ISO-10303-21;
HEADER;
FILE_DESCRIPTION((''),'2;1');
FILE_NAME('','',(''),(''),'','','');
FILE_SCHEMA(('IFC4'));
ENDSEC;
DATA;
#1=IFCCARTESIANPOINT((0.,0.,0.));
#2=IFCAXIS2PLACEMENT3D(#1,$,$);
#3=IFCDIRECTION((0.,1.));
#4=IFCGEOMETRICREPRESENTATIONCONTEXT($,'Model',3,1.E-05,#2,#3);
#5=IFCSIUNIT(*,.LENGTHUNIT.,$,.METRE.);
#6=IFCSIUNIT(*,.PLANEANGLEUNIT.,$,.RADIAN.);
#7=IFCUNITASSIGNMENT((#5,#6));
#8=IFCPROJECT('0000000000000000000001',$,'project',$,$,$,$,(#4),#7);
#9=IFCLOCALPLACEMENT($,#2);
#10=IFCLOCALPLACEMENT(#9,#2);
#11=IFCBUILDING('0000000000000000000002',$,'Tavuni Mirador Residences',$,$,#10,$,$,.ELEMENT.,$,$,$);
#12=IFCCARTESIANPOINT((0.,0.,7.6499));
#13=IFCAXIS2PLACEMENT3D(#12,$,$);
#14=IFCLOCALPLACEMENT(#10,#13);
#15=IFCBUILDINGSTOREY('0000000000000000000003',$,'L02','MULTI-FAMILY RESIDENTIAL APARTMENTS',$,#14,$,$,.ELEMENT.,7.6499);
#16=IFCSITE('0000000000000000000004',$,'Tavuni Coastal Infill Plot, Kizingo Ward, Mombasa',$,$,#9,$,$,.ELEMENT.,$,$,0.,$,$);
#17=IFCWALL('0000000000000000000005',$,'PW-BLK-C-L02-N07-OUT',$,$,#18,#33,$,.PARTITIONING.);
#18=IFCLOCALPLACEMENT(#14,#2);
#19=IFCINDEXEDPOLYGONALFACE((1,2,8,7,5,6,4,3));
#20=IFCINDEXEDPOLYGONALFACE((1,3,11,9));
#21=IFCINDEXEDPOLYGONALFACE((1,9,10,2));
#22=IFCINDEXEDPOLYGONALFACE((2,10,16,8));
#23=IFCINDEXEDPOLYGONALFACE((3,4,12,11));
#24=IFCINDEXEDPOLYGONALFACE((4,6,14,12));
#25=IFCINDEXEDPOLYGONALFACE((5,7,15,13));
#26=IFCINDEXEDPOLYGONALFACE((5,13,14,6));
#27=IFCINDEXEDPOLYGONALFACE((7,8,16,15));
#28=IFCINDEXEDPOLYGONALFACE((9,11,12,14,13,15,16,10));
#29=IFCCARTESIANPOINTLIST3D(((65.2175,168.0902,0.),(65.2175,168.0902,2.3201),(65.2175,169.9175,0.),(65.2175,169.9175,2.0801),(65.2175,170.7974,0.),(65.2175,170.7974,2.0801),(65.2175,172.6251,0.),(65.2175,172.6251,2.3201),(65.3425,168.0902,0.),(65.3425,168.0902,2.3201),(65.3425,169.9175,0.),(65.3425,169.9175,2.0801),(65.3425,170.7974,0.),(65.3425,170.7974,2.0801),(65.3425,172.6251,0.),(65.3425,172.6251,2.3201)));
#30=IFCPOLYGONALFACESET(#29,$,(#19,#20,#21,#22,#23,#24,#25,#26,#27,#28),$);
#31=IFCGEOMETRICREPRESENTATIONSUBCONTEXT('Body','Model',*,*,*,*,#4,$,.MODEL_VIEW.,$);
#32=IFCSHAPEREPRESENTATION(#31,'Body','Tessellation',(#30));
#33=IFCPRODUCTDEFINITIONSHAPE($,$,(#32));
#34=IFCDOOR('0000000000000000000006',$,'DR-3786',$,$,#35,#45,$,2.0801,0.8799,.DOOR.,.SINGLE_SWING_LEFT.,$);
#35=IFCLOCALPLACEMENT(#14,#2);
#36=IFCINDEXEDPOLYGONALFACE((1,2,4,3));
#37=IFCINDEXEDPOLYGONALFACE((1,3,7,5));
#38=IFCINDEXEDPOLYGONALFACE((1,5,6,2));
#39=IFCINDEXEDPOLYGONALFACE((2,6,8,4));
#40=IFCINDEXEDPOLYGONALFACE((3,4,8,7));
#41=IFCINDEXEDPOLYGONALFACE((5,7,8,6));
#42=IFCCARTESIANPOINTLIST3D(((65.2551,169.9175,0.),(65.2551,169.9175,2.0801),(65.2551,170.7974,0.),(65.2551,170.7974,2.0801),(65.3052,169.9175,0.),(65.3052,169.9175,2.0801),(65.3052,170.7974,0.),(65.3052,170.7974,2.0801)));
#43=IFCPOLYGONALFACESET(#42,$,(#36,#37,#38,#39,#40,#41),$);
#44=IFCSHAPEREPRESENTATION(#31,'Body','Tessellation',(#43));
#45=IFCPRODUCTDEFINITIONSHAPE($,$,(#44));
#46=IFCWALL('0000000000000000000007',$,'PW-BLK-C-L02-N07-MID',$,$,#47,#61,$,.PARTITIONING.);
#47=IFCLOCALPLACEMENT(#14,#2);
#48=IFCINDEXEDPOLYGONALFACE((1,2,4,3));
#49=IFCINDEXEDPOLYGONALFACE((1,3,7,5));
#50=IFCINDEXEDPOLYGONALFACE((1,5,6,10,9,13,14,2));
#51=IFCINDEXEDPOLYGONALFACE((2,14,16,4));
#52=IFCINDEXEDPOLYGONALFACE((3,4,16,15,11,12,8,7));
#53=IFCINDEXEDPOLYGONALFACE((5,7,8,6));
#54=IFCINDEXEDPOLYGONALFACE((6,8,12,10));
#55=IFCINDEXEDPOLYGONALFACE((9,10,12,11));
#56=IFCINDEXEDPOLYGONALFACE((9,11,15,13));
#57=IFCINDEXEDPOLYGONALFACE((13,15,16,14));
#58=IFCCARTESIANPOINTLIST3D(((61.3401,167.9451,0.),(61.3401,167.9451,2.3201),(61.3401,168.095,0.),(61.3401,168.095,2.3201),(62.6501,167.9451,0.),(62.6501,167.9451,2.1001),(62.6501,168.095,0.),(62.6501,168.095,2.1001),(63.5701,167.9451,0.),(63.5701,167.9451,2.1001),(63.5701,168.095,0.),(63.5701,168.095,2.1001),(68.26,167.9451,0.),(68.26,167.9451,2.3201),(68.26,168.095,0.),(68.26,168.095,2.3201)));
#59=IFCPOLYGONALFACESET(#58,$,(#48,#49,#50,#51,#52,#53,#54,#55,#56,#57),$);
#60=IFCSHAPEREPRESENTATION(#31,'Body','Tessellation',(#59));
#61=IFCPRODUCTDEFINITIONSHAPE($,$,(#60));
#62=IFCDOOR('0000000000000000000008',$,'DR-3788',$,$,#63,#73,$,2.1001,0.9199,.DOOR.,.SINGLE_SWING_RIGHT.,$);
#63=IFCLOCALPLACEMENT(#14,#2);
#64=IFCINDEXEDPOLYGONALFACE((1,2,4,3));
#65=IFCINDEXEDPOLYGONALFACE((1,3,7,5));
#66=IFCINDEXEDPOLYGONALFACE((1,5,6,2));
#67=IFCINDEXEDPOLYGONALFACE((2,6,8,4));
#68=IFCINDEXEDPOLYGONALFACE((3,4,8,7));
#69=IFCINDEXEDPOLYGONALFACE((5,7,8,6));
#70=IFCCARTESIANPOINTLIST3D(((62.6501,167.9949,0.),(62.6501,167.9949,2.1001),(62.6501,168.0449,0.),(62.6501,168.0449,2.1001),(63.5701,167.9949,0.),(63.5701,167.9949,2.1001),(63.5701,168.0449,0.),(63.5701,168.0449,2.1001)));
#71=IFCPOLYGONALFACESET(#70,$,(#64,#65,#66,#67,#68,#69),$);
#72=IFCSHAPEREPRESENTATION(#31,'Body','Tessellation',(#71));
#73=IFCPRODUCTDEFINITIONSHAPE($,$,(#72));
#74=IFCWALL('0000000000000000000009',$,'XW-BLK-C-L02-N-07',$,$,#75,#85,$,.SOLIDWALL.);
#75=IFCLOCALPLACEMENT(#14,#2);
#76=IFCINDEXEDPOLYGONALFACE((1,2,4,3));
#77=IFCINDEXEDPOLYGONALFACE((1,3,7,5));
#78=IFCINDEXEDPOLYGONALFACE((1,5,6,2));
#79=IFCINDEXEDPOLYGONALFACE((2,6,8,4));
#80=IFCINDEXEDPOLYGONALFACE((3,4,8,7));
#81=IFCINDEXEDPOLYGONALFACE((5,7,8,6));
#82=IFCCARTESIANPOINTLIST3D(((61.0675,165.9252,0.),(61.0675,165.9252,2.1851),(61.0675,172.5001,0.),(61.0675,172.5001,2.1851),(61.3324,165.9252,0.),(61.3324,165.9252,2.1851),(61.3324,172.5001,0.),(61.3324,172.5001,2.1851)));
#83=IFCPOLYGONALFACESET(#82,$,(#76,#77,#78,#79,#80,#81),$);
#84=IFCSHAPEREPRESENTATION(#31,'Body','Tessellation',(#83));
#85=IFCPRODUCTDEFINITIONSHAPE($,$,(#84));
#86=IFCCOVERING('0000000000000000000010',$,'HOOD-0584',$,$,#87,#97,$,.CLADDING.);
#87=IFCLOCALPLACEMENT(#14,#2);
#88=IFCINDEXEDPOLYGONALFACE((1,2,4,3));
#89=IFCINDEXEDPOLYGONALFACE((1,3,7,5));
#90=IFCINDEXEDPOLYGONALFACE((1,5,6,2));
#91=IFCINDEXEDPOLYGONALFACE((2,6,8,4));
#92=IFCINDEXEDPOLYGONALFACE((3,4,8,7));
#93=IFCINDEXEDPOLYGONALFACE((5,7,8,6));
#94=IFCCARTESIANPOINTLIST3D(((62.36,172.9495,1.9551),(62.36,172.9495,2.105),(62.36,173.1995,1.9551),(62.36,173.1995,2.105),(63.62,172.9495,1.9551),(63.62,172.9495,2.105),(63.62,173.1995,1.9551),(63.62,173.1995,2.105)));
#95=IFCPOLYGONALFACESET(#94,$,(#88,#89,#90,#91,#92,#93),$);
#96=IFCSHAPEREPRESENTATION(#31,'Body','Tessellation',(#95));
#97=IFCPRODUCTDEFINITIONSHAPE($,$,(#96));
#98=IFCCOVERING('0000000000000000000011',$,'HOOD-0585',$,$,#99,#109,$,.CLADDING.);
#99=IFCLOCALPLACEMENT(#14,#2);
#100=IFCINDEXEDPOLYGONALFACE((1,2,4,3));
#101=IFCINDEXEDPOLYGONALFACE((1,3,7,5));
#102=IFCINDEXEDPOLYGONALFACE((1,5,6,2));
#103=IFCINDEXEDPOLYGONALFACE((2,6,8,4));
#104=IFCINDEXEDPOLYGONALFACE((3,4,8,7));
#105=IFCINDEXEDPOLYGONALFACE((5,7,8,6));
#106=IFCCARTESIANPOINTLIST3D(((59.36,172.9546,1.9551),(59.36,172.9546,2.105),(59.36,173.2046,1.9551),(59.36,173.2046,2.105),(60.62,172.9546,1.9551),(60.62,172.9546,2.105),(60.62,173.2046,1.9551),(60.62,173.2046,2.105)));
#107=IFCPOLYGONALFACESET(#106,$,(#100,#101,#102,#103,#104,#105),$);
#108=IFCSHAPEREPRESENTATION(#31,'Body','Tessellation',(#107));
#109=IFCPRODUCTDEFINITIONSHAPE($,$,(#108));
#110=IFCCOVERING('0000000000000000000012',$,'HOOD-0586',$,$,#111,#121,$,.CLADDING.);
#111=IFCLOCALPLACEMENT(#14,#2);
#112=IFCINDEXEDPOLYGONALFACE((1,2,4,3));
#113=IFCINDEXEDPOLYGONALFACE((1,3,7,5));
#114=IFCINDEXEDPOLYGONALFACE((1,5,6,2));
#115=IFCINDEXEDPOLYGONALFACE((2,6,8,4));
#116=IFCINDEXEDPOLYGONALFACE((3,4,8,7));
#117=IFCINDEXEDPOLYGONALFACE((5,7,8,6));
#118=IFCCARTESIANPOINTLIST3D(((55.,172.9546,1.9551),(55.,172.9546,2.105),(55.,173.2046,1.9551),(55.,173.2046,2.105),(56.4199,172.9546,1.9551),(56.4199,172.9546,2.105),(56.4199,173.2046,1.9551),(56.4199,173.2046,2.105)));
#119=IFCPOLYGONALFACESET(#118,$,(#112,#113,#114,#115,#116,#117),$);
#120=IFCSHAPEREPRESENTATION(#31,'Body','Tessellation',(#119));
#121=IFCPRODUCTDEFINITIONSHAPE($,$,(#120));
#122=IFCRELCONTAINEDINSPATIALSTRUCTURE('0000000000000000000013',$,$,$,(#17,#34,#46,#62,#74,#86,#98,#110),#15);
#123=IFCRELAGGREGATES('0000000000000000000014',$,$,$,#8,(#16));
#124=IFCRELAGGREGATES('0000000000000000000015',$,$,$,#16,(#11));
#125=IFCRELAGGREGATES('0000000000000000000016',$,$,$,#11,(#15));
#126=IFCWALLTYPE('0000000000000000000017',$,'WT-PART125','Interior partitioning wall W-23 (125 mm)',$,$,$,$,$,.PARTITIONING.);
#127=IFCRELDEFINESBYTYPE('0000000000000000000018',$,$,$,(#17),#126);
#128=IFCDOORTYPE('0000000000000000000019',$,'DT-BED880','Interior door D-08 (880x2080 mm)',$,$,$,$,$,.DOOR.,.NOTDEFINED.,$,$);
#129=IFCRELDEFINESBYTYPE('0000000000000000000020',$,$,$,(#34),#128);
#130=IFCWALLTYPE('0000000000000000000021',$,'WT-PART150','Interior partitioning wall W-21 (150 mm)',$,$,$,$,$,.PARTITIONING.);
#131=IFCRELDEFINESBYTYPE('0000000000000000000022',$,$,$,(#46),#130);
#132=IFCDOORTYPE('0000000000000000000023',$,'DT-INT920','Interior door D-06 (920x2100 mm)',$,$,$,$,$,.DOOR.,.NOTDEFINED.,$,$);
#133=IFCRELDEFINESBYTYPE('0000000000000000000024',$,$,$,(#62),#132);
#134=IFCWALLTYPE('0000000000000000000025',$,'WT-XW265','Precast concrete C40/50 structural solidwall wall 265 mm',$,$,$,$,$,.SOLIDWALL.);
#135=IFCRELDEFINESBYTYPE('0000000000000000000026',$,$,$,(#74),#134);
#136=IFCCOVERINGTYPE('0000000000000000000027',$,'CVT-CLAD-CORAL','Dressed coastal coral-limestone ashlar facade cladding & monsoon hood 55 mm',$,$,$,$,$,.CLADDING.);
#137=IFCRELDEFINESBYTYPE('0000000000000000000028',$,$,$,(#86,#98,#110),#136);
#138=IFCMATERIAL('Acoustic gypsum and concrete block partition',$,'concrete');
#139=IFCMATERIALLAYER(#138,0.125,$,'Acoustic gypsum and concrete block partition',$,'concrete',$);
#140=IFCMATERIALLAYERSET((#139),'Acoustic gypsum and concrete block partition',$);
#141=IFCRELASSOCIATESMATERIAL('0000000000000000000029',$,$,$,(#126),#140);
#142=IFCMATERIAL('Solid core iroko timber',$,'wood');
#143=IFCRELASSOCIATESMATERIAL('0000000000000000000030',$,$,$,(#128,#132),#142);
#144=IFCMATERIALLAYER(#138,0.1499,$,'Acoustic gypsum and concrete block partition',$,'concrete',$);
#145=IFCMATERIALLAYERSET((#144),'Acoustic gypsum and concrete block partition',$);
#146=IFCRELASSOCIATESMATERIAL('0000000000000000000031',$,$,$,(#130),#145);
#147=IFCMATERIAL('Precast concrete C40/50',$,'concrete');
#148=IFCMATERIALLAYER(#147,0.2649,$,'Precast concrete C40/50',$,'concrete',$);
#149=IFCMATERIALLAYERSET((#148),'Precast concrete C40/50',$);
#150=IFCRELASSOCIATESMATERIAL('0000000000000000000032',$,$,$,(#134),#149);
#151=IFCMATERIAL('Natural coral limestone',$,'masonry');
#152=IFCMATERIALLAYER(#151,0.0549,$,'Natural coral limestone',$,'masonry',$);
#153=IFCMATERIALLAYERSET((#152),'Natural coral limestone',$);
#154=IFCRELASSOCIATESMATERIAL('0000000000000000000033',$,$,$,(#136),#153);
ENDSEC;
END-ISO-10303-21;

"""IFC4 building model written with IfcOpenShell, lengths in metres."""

from ifc_helpers import new_model, si_unit, direction, frame, frame_2d, origin, origin_2d, place, context, subcontext, project, spatial, rectangle, extrude, material, layer, layer_set, type_object, element, fill, save


model = new_model("IFC4")

# Units and contexts
model_context = context("Model", 3, precision=1e-05, world=origin(), true_north=direction((0.0, 1.0)))
body_context = subcontext(model_context, "Body", "Model", "MODEL_VIEW")
ifc_project = project(units=[si_unit("LENGTHUNIT", "METRE"), si_unit("PLANEANGLEUNIT", "RADIAN")], contexts=[model_context])

# Site, building, storey
site_placement = place(None, origin())
site = spatial("IfcSite", under=ifc_project, at=site_placement, Name="Tavuni Coastal Infill Plot, Kizingo Ward, Mombasa", CompositionType="ELEMENT", RefElevation=0.0)
building_placement = place(site_placement, origin())
building = spatial("IfcBuilding", under=site, at=building_placement, Name="Tavuni Mirador Residences", CompositionType="ELEMENT")
storey_placement = place(building_placement, frame((0.0, 0.0, 7.6499)))
storey = spatial("IfcBuildingStorey", under=building, at=storey_placement, Name="L02", Description="MULTI-FAMILY RESIDENTIAL APARTMENTS", CompositionType="ELEMENT", Elevation=7.6499)

# Shared definitions
ifc_material_1 = material(Name="Precast concrete C40/50", Category="concrete")

# Shared definitions
ifc_material_2 = material(Name="Solid core iroko timber", Category="wood")

# Walls, openings, doors
ifc_material_3 = material(Name="Acoustic gypsum and concrete block partition", Category="concrete")
ifc_layer_1 = layer(ifc_material_3, 0.125, Name="Acoustic gypsum and concrete block partition", Category="concrete")
ifc_layer_set_1 = layer_set([ifc_layer_1], Name="Acoustic gypsum and concrete block partition")
wall_type_1 = type_object("IfcWallType", Name="WT-PART125", Description="Interior partitioning wall W-23 (125 mm)", PredefinedType="PARTITIONING", material=ifc_layer_set_1)
wall_1_placement = place(storey_placement, frame((65.28, 168.0901, 0.0), z_axis=(0.0, 0.0, 1.0), x_axis=(0.0, 1.0, 0.0)))
wall_1 = element("IfcWall", 1, at=wall_1_placement, inside=storey, type_object=wall_type_1, Name="PW-BLK-C-L02-N07-OUT", PredefinedType="PARTITIONING", context=body_context, shape_type="SweptSolid", body=[
    extrude(rectangle(XDim=4.5349, YDim=0.125, at=frame_2d((2.2676, 0.0))), origin(), (0.0, 0.0, 1.0), 2.3201),
])
opening_1_placement = place(wall_1_placement, frame((1.8274, 0.0, 0.0)))
opening_1 = element("IfcOpeningElement", 2, at=opening_1_placement, cuts=wall_1, PredefinedType="OPENING", context=body_context, shape_type="SweptSolid", body=[
    extrude(rectangle(XDim=0.8799, YDim=2.0801, at=frame_2d((0.4399, 1.04))), frame((0.0, 0.0725, 0.0), z_axis=(0.0, -1.0, 0.0), x_axis=(1.0, 0.0, 0.0)), (0.0, 0.0, 1.0), 0.145),
])
door_type_1 = type_object("IfcDoorType", Name="DT-BED880", Description="Interior door D-08 (880x2080 mm)", OperationType="NOTDEFINED", PredefinedType="DOOR", material=ifc_material_2)
door_1_placement = place(opening_1_placement, origin())
door_1 = element("IfcDoor", 3, at=door_1_placement, inside=storey, type_object=door_type_1, Name="DR-3786", OperationType="SINGLE_SWING_LEFT", OverallHeight=2.0801, OverallWidth=0.8799, PredefinedType="DOOR", context=body_context, shape_type="SweptSolid", body=[
    extrude(rectangle(XDim=0.8799, YDim=2.0801, at=frame_2d((0.4399, 1.04))), frame((0.0, 0.0249, 0.0), z_axis=(0.0, -1.0, 0.0), x_axis=(1.0, 0.0, 0.0)), (0.0, 0.0, 1.0), 0.05),
])
fill(opening_1, door_1)
ifc_layer_2 = layer(ifc_material_3, 0.1499, Name="Acoustic gypsum and concrete block partition", Category="concrete")
ifc_layer_set_2 = layer_set([ifc_layer_2], Name="Acoustic gypsum and concrete block partition")
wall_type_2 = type_object("IfcWallType", Name="WT-PART150", Description="Interior partitioning wall W-21 (150 mm)", PredefinedType="PARTITIONING", material=ifc_layer_set_2)
wall_2_placement = place(storey_placement, frame((61.3401, 168.02, 0.0), z_axis=(0.0, 0.0, 1.0), x_axis=(1.0, 0.0, 0.0)))
wall_2 = element("IfcWall", 4, at=wall_2_placement, inside=storey, type_object=wall_type_2, Name="PW-BLK-C-L02-N07-MID", PredefinedType="PARTITIONING", context=body_context, shape_type="SweptSolid", body=[
    extrude(rectangle(XDim=6.9199, YDim=0.1499, at=frame_2d((3.46, 0.0))), origin(), (0.0, 0.0, 1.0), 2.3201),
])
opening_2_placement = place(wall_2_placement, frame((1.3101, 0.0, 0.0)))
opening_2 = element("IfcOpeningElement", 5, at=opening_2_placement, cuts=wall_2, PredefinedType="OPENING", context=body_context, shape_type="SweptSolid", body=[
    extrude(rectangle(XDim=0.9199, YDim=2.1001, at=frame_2d((0.46, 1.05))), frame((0.0, 0.085, 0.0), z_axis=(0.0, -1.0, 0.0), x_axis=(1.0, 0.0, 0.0)), (0.0, 0.0, 1.0), 0.1699),
])
door_type_2 = type_object("IfcDoorType", Name="DT-INT920", Description="Interior door D-06 (920x2100 mm)", OperationType="NOTDEFINED", PredefinedType="DOOR", material=ifc_material_2)
door_2_placement = place(opening_2_placement, origin())
door_2 = element("IfcDoor", 6, at=door_2_placement, inside=storey, type_object=door_type_2, Name="DR-3788", OperationType="SINGLE_SWING_RIGHT", OverallHeight=2.1001, OverallWidth=0.9199, PredefinedType="DOOR", context=body_context, shape_type="SweptSolid", body=[
    extrude(rectangle(XDim=0.9199, YDim=2.1001, at=frame_2d((0.46, 1.05))), frame((0.0, 0.0249, 0.0), z_axis=(0.0, -1.0, 0.0), x_axis=(1.0, 0.0, 0.0)), (0.0, 0.0, 1.0), 0.05),
])
fill(opening_2, door_2)

# Wall
ifc_layer_3 = layer(ifc_material_1, 0.2649, Name="Precast concrete C40/50", Category="concrete")
ifc_layer_set_3 = layer_set([ifc_layer_3], Name="Precast concrete C40/50")
wall_type_3 = type_object("IfcWallType", Name="WT-XW265", Description="Precast concrete C40/50 structural solidwall wall 265 mm", PredefinedType="SOLIDWALL", material=ifc_layer_set_3)
wall_3_placement = place(storey_placement, frame((61.2, 165.925, 0.0), z_axis=(0.0, 0.0, 1.0), x_axis=(0.0, 1.0, 0.0)))
element("IfcWall", 7, at=wall_3_placement, inside=storey, type_object=wall_type_3, Name="XW-BLK-C-L02-N-07", PredefinedType="SOLIDWALL", context=body_context, shape_type="SweptSolid", body=[
    extrude(rectangle(XDim=6.575, YDim=0.2649, at=frame_2d((3.2876, 0.0))), origin(), (0.0, 0.0, 1.0), 2.1851),
])

# Coverings
ifc_material_4 = material(Name="Natural coral limestone", Category="masonry")
ifc_layer_4 = layer(ifc_material_4, 0.0549, Name="Natural coral limestone", Category="masonry")
ifc_layer_set_4 = layer_set([ifc_layer_4], Name="Natural coral limestone")
covering_type = type_object("IfcCoveringType", Name="CVT-CLAD-CORAL", Description="Dressed coastal coral-limestone ashlar facade cladding & monsoon hood 55 mm", PredefinedType="CLADDING", material=ifc_layer_set_4)
for number, where, z_axis, x_axis, name in (
    (8, (62.99, 173.0745, 1.9551), (0.0, 0.0, 1.0), (-1.0, 0.0, 0.0), "HOOD-0584"),
    (9, (59.99, 173.0796, 1.9551), (0.0, 0.0, 1.0), (-1.0, 0.0, 0.0), "HOOD-0585"),
):
    element("IfcCovering", number, at=place(storey_placement, frame(where, z_axis=z_axis, x_axis=x_axis)), inside=storey, type_object=covering_type, Name=name, PredefinedType="CLADDING", context=body_context, shape_type="SweptSolid", body=[
        extrude(rectangle(XDim=1.26, YDim=0.25, at=origin_2d()), origin(), (0.0, 0.0, 1.0), 0.1499),
    ])
covering_placement = place(storey_placement, frame((55.71, 173.0796, 1.9551), z_axis=(0.0, 0.0, 1.0), x_axis=(-1.0, 0.0, 0.0)))
element("IfcCovering", 10, at=covering_placement, inside=storey, type_object=covering_type, Name="HOOD-0586", PredefinedType="CLADDING", context=body_context, shape_type="SweptSolid", body=[
    extrude(rectangle(XDim=1.4199, YDim=0.25, at=origin_2d()), origin(), (0.0, 0.0, 1.0), 0.1499),
])

save(model, "model.ifc")
